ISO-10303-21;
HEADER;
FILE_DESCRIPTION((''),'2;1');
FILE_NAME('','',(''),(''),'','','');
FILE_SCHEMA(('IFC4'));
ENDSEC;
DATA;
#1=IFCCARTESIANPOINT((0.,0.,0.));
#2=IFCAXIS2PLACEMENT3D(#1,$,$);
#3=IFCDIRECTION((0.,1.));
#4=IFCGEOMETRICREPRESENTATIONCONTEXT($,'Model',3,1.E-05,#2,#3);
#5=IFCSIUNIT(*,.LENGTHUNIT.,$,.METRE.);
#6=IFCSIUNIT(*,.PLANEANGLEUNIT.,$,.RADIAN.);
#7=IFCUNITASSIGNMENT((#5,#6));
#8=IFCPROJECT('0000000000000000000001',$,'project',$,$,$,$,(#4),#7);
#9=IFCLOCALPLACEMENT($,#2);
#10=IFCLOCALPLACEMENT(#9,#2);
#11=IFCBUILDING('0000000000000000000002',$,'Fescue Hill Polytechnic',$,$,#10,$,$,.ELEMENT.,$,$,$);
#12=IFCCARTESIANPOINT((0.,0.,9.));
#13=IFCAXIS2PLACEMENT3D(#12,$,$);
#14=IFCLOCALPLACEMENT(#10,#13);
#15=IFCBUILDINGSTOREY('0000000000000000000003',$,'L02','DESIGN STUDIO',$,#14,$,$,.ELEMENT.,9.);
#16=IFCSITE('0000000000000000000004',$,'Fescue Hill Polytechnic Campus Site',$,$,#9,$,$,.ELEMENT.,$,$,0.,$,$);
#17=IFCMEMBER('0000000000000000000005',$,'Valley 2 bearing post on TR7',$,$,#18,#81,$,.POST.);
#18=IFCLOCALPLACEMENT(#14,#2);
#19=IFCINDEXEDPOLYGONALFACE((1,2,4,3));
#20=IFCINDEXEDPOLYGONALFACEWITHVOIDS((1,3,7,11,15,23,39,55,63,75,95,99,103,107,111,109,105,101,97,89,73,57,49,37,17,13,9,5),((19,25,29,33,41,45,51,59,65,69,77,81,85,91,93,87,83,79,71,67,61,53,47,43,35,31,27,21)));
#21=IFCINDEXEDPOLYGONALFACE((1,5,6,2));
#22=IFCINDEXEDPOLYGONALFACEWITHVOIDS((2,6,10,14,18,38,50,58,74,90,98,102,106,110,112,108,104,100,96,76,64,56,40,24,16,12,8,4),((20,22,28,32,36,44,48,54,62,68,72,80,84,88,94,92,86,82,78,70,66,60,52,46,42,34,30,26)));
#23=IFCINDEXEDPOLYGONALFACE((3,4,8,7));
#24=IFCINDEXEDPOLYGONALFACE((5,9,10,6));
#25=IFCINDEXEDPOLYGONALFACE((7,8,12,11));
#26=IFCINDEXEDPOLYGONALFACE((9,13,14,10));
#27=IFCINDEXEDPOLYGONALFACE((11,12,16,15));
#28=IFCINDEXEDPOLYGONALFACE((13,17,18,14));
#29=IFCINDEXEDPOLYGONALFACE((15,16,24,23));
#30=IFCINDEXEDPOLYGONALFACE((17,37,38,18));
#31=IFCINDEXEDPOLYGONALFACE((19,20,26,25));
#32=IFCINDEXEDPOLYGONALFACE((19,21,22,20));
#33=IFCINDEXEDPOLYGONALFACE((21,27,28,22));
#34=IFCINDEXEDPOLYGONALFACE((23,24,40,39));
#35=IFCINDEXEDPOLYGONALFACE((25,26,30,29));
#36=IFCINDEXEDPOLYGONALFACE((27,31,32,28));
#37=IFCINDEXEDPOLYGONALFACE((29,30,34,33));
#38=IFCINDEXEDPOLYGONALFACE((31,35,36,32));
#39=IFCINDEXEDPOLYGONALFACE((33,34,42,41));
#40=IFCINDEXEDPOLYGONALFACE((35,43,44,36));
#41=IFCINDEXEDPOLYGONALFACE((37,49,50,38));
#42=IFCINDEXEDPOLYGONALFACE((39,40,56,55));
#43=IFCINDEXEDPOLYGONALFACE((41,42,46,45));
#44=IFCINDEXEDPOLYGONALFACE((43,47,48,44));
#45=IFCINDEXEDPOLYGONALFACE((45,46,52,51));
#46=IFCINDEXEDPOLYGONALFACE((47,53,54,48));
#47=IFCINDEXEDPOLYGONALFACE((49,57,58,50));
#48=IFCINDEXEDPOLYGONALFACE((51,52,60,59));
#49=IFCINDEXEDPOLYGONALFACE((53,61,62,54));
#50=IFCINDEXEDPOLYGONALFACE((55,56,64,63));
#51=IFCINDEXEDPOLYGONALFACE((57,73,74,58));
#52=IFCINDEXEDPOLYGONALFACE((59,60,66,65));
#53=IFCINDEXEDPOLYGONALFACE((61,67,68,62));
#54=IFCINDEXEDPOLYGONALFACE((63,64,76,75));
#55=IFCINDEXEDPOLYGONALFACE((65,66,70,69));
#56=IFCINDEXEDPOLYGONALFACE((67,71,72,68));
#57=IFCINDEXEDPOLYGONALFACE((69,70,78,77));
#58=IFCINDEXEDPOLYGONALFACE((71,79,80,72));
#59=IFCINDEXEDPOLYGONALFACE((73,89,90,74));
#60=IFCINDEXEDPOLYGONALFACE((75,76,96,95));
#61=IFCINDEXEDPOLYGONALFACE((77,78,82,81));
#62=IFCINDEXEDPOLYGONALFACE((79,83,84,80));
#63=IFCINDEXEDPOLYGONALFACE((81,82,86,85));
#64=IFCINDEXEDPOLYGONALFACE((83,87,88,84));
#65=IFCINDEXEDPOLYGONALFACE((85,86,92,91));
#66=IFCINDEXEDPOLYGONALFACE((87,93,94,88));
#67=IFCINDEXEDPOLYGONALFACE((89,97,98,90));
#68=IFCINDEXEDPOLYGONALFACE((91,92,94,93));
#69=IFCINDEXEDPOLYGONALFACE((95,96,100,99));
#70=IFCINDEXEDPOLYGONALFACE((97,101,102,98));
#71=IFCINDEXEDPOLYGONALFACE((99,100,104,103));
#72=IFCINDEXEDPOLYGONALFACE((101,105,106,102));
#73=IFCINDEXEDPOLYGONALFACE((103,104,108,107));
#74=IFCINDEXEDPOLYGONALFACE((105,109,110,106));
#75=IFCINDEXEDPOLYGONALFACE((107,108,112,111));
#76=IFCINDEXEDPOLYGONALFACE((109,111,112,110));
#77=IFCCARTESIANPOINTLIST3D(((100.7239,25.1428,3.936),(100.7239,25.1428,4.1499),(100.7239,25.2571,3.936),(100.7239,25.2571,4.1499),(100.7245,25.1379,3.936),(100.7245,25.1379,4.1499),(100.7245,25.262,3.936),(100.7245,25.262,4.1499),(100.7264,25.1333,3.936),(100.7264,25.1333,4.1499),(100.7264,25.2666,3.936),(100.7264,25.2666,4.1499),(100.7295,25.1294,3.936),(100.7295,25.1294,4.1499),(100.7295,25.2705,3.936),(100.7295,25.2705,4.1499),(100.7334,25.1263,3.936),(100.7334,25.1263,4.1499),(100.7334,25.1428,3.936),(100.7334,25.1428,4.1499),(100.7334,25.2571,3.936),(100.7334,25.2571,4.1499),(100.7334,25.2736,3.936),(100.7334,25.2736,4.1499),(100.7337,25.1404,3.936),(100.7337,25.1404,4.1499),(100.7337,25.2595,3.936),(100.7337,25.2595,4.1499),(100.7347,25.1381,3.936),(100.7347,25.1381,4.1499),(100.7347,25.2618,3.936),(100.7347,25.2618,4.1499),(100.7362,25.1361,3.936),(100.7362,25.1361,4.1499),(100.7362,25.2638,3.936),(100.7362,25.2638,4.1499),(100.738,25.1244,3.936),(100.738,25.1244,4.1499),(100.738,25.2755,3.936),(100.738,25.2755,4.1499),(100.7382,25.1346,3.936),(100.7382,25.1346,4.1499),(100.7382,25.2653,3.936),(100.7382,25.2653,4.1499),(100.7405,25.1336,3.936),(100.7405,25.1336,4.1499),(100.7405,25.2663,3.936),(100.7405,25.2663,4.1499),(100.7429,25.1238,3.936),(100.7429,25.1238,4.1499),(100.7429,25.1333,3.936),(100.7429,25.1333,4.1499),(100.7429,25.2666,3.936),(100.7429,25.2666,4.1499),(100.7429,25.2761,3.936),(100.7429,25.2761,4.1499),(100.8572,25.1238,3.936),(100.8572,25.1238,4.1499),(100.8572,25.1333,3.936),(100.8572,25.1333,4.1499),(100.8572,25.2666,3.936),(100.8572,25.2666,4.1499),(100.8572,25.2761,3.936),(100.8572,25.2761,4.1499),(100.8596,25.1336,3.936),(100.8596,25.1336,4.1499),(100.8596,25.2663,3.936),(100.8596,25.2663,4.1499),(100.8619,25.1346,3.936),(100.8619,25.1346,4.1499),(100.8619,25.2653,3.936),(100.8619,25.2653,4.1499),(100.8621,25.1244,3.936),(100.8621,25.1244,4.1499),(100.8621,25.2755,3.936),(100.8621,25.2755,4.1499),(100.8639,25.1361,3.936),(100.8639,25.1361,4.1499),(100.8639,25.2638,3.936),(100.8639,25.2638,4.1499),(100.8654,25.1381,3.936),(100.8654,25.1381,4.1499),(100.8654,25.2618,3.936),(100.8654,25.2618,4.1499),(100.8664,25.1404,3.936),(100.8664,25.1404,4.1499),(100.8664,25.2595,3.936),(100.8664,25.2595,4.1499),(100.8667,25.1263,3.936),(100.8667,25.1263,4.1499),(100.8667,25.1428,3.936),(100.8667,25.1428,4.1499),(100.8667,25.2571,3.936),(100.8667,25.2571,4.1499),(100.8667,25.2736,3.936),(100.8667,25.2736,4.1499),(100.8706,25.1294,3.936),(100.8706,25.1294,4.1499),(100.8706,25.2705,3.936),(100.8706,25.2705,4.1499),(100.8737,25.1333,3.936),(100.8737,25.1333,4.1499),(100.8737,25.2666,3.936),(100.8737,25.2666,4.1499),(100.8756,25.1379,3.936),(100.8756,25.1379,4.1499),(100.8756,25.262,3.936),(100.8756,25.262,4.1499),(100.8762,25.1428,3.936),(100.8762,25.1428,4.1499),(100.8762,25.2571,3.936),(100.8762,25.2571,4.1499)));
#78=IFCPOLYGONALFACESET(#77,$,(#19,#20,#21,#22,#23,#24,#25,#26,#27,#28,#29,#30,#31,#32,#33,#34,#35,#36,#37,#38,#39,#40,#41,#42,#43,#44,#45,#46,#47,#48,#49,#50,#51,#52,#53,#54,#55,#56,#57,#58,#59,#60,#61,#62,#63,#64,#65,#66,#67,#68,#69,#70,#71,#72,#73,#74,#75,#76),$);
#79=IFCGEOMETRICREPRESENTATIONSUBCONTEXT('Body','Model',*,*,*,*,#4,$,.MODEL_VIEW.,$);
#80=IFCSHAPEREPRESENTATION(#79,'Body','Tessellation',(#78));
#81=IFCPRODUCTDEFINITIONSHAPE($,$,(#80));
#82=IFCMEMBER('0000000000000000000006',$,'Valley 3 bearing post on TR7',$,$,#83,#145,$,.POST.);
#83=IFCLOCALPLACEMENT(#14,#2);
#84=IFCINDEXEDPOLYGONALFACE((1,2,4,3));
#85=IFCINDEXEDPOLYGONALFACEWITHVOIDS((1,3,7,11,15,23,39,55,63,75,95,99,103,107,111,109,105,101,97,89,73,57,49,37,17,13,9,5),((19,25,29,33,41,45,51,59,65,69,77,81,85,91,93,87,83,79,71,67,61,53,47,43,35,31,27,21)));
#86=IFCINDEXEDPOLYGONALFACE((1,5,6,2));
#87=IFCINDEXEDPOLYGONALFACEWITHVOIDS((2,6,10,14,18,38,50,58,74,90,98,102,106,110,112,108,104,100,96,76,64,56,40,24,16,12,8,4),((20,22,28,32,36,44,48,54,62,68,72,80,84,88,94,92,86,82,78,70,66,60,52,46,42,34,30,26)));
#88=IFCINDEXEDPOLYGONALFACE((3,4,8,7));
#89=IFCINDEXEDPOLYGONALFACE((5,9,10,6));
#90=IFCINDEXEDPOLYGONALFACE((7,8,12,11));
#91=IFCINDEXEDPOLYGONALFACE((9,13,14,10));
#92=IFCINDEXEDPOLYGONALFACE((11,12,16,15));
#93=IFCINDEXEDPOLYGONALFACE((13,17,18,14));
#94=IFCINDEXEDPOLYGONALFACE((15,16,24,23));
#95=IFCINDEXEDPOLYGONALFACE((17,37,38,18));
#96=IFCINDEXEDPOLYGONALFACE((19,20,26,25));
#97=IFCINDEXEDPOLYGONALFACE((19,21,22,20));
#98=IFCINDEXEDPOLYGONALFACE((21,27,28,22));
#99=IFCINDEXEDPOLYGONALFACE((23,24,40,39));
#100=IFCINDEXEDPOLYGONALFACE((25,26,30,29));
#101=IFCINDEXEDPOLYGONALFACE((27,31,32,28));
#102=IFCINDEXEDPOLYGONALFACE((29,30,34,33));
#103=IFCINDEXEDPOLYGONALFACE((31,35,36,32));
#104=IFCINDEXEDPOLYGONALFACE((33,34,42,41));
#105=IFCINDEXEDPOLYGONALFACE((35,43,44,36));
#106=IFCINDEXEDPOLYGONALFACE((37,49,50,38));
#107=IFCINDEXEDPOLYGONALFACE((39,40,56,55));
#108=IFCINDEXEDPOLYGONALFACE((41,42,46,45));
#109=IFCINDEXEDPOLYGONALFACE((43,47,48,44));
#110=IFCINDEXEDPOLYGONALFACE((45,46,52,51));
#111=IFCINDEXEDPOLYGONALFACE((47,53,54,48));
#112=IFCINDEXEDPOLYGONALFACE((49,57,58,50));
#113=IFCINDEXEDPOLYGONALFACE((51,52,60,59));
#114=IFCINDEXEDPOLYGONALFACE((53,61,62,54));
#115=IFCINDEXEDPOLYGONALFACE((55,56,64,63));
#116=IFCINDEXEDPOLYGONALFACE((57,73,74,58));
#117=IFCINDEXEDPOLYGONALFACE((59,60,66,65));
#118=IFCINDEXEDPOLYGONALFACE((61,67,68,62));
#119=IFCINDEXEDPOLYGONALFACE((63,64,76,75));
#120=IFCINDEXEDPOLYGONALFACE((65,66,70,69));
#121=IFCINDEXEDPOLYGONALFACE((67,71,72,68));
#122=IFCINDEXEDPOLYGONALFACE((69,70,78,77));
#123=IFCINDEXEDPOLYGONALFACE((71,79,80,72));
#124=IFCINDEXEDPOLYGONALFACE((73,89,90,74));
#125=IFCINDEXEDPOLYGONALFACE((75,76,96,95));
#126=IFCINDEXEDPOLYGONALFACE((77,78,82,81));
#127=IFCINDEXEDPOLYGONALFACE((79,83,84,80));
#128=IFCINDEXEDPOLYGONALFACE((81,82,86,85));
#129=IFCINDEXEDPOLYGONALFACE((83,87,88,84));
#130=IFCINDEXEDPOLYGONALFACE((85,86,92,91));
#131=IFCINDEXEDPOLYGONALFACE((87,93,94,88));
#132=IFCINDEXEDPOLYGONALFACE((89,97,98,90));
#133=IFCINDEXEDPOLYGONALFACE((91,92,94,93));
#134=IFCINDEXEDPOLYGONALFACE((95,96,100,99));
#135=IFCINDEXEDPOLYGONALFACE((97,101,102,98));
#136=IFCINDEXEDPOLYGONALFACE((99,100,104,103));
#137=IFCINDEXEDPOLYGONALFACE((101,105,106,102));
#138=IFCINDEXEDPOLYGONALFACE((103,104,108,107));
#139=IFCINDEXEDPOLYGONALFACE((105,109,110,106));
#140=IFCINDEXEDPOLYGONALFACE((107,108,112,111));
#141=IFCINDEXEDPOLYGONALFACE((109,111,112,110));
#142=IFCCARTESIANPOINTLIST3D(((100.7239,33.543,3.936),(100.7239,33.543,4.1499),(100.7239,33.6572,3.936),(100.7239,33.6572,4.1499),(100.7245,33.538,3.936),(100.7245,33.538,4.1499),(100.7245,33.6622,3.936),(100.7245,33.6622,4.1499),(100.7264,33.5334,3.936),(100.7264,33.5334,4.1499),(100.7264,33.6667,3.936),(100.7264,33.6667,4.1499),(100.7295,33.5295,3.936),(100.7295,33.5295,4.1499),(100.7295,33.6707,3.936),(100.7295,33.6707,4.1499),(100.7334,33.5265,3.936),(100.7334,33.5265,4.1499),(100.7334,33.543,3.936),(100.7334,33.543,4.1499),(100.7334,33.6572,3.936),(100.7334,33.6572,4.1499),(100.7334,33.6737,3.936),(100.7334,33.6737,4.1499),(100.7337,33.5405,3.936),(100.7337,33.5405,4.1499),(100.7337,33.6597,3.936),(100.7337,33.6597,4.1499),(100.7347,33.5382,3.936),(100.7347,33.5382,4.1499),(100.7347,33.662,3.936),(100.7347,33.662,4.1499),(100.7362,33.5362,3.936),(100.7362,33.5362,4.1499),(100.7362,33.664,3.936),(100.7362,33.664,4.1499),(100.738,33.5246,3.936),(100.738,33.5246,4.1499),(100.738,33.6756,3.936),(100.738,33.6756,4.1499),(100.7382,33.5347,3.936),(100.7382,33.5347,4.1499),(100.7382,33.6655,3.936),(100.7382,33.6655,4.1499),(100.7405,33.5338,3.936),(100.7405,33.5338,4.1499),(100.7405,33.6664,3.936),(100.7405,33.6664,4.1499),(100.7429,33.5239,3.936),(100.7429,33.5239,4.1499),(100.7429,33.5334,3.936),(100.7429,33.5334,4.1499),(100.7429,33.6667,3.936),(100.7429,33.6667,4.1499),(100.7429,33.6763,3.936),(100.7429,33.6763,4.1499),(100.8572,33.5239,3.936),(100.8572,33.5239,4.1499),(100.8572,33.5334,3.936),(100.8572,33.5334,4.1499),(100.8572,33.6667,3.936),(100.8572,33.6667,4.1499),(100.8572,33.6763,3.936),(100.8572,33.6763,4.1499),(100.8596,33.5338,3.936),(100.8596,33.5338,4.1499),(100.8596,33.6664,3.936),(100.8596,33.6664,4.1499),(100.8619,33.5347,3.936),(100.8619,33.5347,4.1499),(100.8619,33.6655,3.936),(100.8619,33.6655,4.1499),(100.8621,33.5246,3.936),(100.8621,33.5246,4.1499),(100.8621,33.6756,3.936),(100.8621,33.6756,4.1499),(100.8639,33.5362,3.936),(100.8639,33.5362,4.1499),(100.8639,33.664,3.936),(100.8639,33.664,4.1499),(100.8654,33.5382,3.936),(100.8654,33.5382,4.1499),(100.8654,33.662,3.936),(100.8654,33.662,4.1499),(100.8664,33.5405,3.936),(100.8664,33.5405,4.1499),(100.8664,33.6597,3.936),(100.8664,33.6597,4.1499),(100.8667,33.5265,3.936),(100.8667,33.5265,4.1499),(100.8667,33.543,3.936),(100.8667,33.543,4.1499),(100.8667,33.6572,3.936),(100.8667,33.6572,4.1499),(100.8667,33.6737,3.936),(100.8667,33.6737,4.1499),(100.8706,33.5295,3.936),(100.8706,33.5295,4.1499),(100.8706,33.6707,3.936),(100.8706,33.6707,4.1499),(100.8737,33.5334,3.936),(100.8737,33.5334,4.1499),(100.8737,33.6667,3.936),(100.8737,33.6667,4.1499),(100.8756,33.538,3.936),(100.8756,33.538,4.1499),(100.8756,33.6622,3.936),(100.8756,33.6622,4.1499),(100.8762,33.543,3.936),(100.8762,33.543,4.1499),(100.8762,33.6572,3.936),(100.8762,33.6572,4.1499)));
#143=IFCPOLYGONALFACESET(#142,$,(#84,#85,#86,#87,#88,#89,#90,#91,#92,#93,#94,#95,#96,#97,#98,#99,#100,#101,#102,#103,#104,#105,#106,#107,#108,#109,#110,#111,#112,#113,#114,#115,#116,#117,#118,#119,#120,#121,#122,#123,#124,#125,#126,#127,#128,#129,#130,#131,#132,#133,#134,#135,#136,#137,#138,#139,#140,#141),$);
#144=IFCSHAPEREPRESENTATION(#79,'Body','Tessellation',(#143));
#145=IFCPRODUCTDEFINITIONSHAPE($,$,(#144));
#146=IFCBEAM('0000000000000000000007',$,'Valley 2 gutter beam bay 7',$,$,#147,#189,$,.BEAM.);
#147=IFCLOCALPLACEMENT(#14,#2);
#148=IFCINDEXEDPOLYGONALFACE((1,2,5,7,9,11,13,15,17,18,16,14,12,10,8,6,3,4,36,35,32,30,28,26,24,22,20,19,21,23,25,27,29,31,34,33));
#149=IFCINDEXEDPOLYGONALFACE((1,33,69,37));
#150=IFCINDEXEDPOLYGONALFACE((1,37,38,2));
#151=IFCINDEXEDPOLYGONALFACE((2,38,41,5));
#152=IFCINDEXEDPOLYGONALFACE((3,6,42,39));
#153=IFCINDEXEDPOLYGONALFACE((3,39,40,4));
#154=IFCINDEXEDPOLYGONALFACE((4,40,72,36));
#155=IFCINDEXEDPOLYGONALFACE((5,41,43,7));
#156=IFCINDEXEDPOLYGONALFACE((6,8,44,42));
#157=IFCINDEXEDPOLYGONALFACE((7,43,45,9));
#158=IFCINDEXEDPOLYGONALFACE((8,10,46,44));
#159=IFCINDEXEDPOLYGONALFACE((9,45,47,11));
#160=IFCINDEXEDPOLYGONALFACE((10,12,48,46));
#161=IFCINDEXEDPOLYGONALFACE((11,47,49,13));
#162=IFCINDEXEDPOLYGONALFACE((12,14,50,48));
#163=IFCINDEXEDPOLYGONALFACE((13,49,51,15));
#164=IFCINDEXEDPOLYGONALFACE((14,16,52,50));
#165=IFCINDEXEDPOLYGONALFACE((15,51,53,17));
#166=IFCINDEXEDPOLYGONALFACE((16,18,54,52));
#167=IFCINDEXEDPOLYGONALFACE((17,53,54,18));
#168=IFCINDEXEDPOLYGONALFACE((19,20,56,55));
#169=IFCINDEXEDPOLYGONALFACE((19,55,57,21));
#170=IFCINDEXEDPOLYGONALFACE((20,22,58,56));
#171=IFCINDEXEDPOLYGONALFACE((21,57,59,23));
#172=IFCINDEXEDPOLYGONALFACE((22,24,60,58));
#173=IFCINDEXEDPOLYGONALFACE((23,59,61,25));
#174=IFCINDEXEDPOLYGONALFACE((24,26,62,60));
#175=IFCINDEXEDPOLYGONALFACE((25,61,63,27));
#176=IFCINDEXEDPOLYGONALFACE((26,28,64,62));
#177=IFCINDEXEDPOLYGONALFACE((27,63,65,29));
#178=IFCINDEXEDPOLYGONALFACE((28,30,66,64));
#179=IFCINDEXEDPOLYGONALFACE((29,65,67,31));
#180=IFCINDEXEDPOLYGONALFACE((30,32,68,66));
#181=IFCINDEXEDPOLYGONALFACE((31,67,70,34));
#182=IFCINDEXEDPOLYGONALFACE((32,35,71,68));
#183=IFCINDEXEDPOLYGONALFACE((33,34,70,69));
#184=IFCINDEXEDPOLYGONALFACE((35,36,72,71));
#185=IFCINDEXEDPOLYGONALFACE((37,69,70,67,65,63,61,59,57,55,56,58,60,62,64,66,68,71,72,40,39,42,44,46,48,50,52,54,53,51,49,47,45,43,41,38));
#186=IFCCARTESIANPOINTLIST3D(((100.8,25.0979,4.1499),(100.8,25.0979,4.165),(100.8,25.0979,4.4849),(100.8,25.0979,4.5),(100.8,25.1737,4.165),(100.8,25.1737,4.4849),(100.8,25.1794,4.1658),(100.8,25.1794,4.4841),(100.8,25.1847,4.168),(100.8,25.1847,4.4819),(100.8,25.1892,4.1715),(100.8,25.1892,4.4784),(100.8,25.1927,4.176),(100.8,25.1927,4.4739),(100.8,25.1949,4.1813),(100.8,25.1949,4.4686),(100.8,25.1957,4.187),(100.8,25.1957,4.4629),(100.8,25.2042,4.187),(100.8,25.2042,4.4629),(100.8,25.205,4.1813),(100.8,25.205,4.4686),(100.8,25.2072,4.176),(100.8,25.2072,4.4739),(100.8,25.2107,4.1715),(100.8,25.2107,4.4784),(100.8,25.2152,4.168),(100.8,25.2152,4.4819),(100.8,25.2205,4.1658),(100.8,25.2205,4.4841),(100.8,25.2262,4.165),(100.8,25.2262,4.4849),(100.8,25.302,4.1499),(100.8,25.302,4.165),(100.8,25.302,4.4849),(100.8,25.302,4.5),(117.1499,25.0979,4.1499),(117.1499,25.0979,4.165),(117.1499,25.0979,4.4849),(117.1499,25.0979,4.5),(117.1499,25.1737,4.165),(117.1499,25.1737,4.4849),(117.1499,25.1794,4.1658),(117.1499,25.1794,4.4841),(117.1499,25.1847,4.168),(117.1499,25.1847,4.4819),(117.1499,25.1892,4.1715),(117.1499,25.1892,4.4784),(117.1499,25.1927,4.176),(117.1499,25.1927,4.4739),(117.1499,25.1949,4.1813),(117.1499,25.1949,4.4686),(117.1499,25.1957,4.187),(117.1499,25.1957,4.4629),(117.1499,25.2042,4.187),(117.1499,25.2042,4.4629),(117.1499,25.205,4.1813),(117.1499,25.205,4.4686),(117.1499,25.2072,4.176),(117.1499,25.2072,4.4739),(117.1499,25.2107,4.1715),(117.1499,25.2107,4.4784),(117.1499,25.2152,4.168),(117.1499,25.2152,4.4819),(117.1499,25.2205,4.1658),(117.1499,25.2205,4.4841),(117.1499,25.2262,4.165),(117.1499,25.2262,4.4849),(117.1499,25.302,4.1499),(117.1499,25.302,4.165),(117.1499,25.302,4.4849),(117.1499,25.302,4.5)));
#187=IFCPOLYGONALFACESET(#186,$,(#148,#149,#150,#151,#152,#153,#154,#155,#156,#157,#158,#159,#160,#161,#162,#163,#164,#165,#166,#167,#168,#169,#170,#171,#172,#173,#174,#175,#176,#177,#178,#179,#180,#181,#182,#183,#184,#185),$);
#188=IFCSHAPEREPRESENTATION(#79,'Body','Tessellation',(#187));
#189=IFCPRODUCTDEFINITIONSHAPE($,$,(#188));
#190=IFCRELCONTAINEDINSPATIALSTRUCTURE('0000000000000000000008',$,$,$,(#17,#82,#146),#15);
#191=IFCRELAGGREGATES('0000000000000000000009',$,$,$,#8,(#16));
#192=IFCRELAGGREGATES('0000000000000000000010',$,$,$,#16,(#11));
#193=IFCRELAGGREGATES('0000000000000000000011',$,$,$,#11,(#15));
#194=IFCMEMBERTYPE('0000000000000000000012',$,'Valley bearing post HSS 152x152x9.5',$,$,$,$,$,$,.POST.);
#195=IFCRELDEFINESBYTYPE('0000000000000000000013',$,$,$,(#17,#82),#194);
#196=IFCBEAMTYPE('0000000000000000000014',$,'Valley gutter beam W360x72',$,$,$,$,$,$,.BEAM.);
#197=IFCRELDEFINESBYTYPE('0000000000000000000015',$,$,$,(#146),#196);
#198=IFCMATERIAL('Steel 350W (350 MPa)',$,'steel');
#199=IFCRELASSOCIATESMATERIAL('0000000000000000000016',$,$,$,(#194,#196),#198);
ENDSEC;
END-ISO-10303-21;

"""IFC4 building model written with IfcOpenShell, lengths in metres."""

from ifc_helpers import new_model, si_unit, direction, frame, origin, origin_2d, place, context, subcontext, project, spatial, hollow_rectangle, i_section, extrude, material, material_profile, profile_set, type_object, element, save


model = new_model("IFC4")

# Units and contexts
model_context = context("Model", 3, precision=1e-05, world=origin(), true_north=direction((0.0, 1.0)))
body_context = subcontext(model_context, "Body", "Model", "MODEL_VIEW")
ifc_project = project(units=[si_unit("LENGTHUNIT", "METRE"), si_unit("PLANEANGLEUNIT", "RADIAN")], contexts=[model_context])

# Site, building, storey
site_placement = place(None, origin())
site = spatial("IfcSite", under=ifc_project, at=site_placement, Name="Fescue Hill Polytechnic Campus Site", CompositionType="ELEMENT", RefElevation=0.0)
building_placement = place(site_placement, origin())
building = spatial("IfcBuilding", under=site, at=building_placement, Name="Fescue Hill Polytechnic", CompositionType="ELEMENT")
storey_placement = place(building_placement, frame((0.0, 0.0, 9.0)))
storey = spatial("IfcBuildingStorey", under=building, at=storey_placement, Name="L02", Description="DESIGN STUDIO", CompositionType="ELEMENT", Elevation=9.0)

# Members
ifc_material = material(Name="Steel 350W (350 MPa)", Category="steel")
ifc_material_profile_1 = material_profile(ifc_material, hollow_rectangle(XDim=0.1523, YDim=0.1523, WallThickness=0.0095, InnerFilletRadius=0.0095, OuterFilletRadius=0.019, at=origin_2d()), Name="Valley bearing post HSS 152x152x9.5")
ifc_profile_set_1 = profile_set([ifc_material_profile_1], Name="Steel 350W (350 MPa)")
member_type_1 = type_object("IfcMemberType", Name="Valley bearing post HSS 152x152x9.5", PredefinedType="POST", material=ifc_profile_set_1)
for number, where, z_axis, x_axis, name in (
    (1, (100.8, 25.2, 3.936), (0.0, 0.0, 1.0), (1.0, 0.0, 0.0), "Valley 2 bearing post on TR7"),
    (2, (100.8, 33.6001, 3.936), (0.0, 0.0, 1.0), (1.0, 0.0, 0.0), "Valley 3 bearing post on TR7"),
):
    element("IfcMember", number, at=place(storey_placement, frame(where, z_axis=z_axis, x_axis=x_axis)), inside=storey, type_object=member_type_1, Name=name, PredefinedType="POST", context=body_context, shape_type="SweptSolid", body=[
        extrude(hollow_rectangle(XDim=0.1523, YDim=0.1523, WallThickness=0.0095, InnerFilletRadius=0.0095, OuterFilletRadius=0.019, at=origin_2d()), origin(), (0.0, 0.0, 1.0), 0.2139),
    ])

# Beam
ifc_material_profile_2 = material_profile(ifc_material, i_section(OverallWidth=0.2041, OverallDepth=0.3501, WebThickness=0.0085, FlangeThickness=0.0151, FilletRadius=0.022, at=origin_2d()), Name="W360x72")
ifc_profile_set_2 = profile_set([ifc_material_profile_2], Name="Steel 350W (350 MPa)")
beam_type = type_object("IfcBeamType", Name="Valley gutter beam W360x72", PredefinedType="BEAM", material=ifc_profile_set_2)
for number, where, z_axis, x_axis, name in (
    (3, (100.8, 25.2, 4.325), (1.0, 0.0, 0.0), (0.0, 1.0, 0.0), "Valley 2 gutter beam bay 7"),
):
    element("IfcBeam", number, at=place(storey_placement, frame(where, z_axis=z_axis, x_axis=x_axis)), inside=storey, type_object=beam_type, Name=name, PredefinedType="BEAM", context=body_context, shape_type="SweptSolid", body=[
        extrude(i_section(OverallWidth=0.2041, OverallDepth=0.3501, WebThickness=0.0085, FlangeThickness=0.0151, FilletRadius=0.022, at=origin_2d()), origin(), (0.0, 0.0, 1.0), 16.3499),
    ])

save(model, "model.ifc")
